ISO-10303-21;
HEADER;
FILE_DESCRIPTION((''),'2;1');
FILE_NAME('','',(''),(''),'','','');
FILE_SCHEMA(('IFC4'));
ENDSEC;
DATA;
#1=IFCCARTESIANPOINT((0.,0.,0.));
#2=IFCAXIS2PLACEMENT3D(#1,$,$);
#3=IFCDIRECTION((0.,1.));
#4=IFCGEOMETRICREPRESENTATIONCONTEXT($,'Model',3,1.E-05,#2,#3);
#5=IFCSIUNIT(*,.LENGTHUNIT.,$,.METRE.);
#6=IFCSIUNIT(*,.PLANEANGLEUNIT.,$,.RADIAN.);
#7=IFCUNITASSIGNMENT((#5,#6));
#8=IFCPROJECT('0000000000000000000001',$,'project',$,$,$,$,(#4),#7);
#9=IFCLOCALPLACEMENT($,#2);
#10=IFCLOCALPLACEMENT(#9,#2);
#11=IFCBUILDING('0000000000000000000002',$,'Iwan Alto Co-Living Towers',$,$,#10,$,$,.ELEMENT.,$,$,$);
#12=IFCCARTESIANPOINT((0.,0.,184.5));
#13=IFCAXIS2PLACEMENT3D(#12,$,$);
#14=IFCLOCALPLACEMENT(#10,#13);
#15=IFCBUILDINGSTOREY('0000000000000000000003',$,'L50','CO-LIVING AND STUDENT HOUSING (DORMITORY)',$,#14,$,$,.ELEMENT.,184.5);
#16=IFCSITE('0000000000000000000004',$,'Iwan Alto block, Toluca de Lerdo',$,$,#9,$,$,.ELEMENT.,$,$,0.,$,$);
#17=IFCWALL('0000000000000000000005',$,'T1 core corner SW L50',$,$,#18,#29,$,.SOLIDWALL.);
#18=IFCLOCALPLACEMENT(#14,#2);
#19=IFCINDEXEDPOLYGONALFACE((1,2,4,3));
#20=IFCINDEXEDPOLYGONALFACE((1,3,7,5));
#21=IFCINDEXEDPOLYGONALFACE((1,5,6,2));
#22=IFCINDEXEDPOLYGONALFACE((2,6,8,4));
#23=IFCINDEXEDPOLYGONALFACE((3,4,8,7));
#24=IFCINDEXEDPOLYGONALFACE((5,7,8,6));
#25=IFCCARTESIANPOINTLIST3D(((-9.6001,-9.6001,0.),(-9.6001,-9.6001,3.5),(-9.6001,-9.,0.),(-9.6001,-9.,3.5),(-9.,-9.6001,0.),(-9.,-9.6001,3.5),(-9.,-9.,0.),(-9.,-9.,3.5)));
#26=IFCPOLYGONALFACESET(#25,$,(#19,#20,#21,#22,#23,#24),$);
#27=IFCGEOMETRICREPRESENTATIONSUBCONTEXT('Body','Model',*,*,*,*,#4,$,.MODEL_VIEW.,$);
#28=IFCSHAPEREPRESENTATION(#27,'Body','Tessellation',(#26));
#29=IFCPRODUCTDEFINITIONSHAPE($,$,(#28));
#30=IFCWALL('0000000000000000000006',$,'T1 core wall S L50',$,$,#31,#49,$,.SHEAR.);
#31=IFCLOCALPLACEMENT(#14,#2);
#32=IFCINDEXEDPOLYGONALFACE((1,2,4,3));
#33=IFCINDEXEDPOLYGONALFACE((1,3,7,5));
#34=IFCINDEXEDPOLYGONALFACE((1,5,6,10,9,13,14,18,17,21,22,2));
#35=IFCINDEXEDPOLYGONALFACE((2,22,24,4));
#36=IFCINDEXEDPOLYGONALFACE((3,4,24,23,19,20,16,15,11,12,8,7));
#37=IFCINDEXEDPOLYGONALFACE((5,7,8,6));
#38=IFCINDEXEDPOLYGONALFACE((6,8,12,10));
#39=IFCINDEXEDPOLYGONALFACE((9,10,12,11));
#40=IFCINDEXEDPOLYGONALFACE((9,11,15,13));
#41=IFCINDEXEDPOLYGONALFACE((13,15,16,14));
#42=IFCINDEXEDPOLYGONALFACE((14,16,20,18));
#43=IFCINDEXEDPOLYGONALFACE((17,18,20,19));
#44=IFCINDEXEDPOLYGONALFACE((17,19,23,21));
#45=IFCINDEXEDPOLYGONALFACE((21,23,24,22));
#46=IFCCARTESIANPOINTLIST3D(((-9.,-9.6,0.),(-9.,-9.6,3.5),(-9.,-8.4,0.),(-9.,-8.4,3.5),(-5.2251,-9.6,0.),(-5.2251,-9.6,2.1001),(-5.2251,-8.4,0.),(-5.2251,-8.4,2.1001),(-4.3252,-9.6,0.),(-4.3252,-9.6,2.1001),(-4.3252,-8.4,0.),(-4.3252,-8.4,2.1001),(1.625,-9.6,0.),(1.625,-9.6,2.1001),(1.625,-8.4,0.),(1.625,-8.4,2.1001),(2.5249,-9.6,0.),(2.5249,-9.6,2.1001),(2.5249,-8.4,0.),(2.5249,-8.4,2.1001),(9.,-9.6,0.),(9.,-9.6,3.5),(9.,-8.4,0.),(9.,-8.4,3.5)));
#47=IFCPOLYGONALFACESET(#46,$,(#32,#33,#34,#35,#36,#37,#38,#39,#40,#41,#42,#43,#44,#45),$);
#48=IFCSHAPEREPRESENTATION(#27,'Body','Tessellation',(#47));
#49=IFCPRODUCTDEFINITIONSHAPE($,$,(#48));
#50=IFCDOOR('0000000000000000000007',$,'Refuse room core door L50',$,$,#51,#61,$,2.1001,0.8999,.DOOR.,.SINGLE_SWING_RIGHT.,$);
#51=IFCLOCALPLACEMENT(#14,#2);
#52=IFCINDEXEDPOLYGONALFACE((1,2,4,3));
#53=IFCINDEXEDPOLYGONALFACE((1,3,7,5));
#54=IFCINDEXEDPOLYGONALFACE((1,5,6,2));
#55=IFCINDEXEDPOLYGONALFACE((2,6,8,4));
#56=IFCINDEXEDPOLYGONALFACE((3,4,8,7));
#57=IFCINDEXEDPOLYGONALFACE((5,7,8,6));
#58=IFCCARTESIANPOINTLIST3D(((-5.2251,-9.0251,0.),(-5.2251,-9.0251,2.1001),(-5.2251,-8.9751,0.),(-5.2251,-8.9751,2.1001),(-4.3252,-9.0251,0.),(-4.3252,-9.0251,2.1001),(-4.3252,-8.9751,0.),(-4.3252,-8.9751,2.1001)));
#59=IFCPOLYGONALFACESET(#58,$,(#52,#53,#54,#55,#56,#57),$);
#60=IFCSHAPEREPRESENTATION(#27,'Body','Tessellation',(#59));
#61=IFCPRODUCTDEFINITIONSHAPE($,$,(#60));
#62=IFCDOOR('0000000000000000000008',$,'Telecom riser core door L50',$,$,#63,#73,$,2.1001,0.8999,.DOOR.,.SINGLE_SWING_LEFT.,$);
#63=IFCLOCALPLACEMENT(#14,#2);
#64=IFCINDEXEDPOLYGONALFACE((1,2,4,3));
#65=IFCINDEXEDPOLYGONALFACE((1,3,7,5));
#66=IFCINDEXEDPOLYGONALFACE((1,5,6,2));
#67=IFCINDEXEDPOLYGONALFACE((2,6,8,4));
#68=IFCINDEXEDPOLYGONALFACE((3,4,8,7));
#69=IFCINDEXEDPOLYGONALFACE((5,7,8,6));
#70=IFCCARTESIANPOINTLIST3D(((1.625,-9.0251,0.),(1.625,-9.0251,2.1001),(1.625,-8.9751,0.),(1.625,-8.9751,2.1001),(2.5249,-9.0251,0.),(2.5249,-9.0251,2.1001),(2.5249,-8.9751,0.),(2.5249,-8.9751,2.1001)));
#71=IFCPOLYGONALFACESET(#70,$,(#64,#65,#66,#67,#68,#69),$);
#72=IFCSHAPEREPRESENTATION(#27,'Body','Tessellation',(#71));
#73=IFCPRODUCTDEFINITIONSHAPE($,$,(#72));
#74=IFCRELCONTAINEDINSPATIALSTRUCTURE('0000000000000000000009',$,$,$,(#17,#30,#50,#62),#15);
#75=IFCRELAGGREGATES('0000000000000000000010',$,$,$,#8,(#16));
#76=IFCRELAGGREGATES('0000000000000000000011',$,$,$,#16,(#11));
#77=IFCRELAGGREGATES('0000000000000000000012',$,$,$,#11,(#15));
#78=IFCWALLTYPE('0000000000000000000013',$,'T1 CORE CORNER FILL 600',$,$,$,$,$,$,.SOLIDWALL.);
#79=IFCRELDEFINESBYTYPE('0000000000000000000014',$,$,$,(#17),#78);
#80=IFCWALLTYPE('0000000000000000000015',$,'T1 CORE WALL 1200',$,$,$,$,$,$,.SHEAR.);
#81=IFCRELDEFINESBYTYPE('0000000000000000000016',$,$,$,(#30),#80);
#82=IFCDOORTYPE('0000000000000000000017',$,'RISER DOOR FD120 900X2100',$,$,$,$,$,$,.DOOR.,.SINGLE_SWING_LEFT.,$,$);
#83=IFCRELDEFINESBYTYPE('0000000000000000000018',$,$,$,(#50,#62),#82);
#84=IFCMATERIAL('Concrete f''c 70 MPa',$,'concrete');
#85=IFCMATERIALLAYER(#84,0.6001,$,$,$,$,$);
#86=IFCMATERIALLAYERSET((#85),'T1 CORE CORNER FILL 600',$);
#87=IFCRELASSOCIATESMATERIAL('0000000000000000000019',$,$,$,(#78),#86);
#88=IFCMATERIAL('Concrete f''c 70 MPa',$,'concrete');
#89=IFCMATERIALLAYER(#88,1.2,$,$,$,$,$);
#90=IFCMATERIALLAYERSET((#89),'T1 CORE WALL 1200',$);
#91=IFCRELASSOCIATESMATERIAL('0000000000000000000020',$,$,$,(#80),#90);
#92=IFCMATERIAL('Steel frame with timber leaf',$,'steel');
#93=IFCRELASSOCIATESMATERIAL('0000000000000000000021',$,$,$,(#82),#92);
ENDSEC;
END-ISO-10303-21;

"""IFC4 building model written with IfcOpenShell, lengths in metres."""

from ifc_helpers import new_model, si_unit, direction, frame, frame_2d, origin, place, context, subcontext, project, spatial, rectangle, extrude, material, layer, layer_set, type_object, element, fill, save


model = new_model("IFC4")

# Units and contexts
model_context = context("Model", 3, precision=1e-05, world=origin(), true_north=direction((0.0, 1.0)))
body_context = subcontext(model_context, "Body", "Model", "MODEL_VIEW")
ifc_project = project(units=[si_unit("LENGTHUNIT", "METRE"), si_unit("PLANEANGLEUNIT", "RADIAN")], contexts=[model_context])

# Site, building, storey
site_placement = place(None, origin())
site = spatial("IfcSite", under=ifc_project, at=site_placement, Name="Iwan Alto block, Toluca de Lerdo", CompositionType="ELEMENT", RefElevation=0.0)
building_placement = place(site_placement, origin())
building = spatial("IfcBuilding", under=site, at=building_placement, Name="Iwan Alto Co-Living Towers", CompositionType="ELEMENT")
storey_placement = place(building_placement, frame((0.0, 0.0, 184.5)))
storey = spatial("IfcBuildingStorey", under=building, at=storey_placement, Name="L50", Description="CO-LIVING AND STUDENT HOUSING (DORMITORY)", CompositionType="ELEMENT", Elevation=184.5)

# Wall
ifc_material_1 = material(Name="Concrete f'c 70 MPa", Category="concrete")
ifc_layer_1 = layer(ifc_material_1, 0.6001)
ifc_layer_set_1 = layer_set([ifc_layer_1], Name="T1 CORE CORNER FILL 600")
wall_type_1 = type_object("IfcWallType", Name="T1 CORE CORNER FILL 600", PredefinedType="SOLIDWALL", material=ifc_layer_set_1)
wall_1_placement = place(storey_placement, frame((-9.6001, -9.3, 0.0), z_axis=(0.0, 0.0, 1.0), x_axis=(1.0, 0.0, 0.0)))
element("IfcWall", 1, at=wall_1_placement, inside=storey, type_object=wall_type_1, Name="T1 core corner SW L50", PredefinedType="SOLIDWALL", context=body_context, shape_type="SweptSolid", body=[
    extrude(rectangle(XDim=0.6001, YDim=0.6001, at=frame_2d((0.3, 0.0))), origin(), (0.0, 0.0, 1.0), 3.5),
])

# Wall, openings, doors
ifc_material_2 = material(Name="Concrete f'c 70 MPa", Category="concrete")
ifc_layer_2 = layer(ifc_material_2, 1.2)
ifc_layer_set_2 = layer_set([ifc_layer_2], Name="T1 CORE WALL 1200")
wall_type_2 = type_object("IfcWallType", Name="T1 CORE WALL 1200", PredefinedType="SHEAR", material=ifc_layer_set_2)
wall_2_placement = place(storey_placement, frame((-9.0, -9.0, 0.0), z_axis=(0.0, 0.0, 1.0), x_axis=(1.0, 0.0, 0.0)))
wall_2 = element("IfcWall", 2, at=wall_2_placement, inside=storey, type_object=wall_type_2, Name="T1 core wall S L50", PredefinedType="SHEAR", context=body_context, shape_type="SweptSolid", body=[
    extrude(rectangle(XDim=18.0, YDim=1.2, at=frame_2d((9.0, 0.0))), origin(), (0.0, 0.0, 1.0), 3.5),
])
opening_1_placement = place(wall_2_placement, frame((3.7749, 0.0, 0.0)))
opening_1 = element("IfcOpeningElement", 3, at=opening_1_placement, cuts=wall_2, PredefinedType="OPENING", context=body_context, shape_type="SweptSolid", body=[
    extrude(rectangle(XDim=0.8999, YDim=2.1001, at=frame_2d((0.45, 1.05))), frame((0.0, 0.6099, 0.0), z_axis=(0.0, -1.0, 0.0), x_axis=(1.0, 0.0, 0.0)), (0.0, 0.0, 1.0), 1.22),
])
opening_2_placement = place(wall_2_placement, frame((10.625, 0.0, 0.0)))
opening_2 = element("IfcOpeningElement", 4, at=opening_2_placement, cuts=wall_2, PredefinedType="OPENING", context=body_context, shape_type="SweptSolid", body=[
    extrude(rectangle(XDim=0.8999, YDim=2.1001, at=frame_2d((0.45, 1.05))), frame((0.0, 0.6099, 0.0), z_axis=(0.0, -1.0, 0.0), x_axis=(1.0, 0.0, 0.0)), (0.0, 0.0, 1.0), 1.22),
])
ifc_material_3 = material(Name="Steel frame with timber leaf", Category="steel")
door_type_1 = type_object("IfcDoorType", Name="RISER DOOR FD120 900X2100", OperationType="SINGLE_SWING_LEFT", PredefinedType="DOOR", material=ifc_material_3)
door_1_placement = place(opening_1_placement, origin())
door_1 = element("IfcDoor", 5, at=door_1_placement, inside=storey, type_object=door_type_1, Name="Refuse room core door L50", OperationType="SINGLE_SWING_RIGHT", OverallHeight=2.1001, OverallWidth=0.8999, PredefinedType="DOOR", context=body_context, shape_type="SweptSolid", body=[
    extrude(rectangle(XDim=0.8999, YDim=2.1001, at=frame_2d((0.45, 1.05))), frame((0.0, 0.0249, 0.0), z_axis=(0.0, -1.0, 0.0), x_axis=(1.0, 0.0, 0.0)), (0.0, 0.0, 1.0), 0.05),
])
fill(opening_1, door_1)
door_2_placement = place(opening_2_placement, origin())
door_2 = element("IfcDoor", 6, at=door_2_placement, inside=storey, type_object=door_type_1, Name="Telecom riser core door L50", OperationType="SINGLE_SWING_LEFT", OverallHeight=2.1001, OverallWidth=0.8999, PredefinedType="DOOR", context=body_context, shape_type="SweptSolid", body=[
    extrude(rectangle(XDim=0.8999, YDim=2.1001, at=frame_2d((0.45, 1.05))), frame((0.0, 0.0249, 0.0), z_axis=(0.0, -1.0, 0.0), x_axis=(1.0, 0.0, 0.0)), (0.0, 0.0, 1.0), 0.05),
])
fill(opening_2, door_2)

save(model, "model.ifc")
